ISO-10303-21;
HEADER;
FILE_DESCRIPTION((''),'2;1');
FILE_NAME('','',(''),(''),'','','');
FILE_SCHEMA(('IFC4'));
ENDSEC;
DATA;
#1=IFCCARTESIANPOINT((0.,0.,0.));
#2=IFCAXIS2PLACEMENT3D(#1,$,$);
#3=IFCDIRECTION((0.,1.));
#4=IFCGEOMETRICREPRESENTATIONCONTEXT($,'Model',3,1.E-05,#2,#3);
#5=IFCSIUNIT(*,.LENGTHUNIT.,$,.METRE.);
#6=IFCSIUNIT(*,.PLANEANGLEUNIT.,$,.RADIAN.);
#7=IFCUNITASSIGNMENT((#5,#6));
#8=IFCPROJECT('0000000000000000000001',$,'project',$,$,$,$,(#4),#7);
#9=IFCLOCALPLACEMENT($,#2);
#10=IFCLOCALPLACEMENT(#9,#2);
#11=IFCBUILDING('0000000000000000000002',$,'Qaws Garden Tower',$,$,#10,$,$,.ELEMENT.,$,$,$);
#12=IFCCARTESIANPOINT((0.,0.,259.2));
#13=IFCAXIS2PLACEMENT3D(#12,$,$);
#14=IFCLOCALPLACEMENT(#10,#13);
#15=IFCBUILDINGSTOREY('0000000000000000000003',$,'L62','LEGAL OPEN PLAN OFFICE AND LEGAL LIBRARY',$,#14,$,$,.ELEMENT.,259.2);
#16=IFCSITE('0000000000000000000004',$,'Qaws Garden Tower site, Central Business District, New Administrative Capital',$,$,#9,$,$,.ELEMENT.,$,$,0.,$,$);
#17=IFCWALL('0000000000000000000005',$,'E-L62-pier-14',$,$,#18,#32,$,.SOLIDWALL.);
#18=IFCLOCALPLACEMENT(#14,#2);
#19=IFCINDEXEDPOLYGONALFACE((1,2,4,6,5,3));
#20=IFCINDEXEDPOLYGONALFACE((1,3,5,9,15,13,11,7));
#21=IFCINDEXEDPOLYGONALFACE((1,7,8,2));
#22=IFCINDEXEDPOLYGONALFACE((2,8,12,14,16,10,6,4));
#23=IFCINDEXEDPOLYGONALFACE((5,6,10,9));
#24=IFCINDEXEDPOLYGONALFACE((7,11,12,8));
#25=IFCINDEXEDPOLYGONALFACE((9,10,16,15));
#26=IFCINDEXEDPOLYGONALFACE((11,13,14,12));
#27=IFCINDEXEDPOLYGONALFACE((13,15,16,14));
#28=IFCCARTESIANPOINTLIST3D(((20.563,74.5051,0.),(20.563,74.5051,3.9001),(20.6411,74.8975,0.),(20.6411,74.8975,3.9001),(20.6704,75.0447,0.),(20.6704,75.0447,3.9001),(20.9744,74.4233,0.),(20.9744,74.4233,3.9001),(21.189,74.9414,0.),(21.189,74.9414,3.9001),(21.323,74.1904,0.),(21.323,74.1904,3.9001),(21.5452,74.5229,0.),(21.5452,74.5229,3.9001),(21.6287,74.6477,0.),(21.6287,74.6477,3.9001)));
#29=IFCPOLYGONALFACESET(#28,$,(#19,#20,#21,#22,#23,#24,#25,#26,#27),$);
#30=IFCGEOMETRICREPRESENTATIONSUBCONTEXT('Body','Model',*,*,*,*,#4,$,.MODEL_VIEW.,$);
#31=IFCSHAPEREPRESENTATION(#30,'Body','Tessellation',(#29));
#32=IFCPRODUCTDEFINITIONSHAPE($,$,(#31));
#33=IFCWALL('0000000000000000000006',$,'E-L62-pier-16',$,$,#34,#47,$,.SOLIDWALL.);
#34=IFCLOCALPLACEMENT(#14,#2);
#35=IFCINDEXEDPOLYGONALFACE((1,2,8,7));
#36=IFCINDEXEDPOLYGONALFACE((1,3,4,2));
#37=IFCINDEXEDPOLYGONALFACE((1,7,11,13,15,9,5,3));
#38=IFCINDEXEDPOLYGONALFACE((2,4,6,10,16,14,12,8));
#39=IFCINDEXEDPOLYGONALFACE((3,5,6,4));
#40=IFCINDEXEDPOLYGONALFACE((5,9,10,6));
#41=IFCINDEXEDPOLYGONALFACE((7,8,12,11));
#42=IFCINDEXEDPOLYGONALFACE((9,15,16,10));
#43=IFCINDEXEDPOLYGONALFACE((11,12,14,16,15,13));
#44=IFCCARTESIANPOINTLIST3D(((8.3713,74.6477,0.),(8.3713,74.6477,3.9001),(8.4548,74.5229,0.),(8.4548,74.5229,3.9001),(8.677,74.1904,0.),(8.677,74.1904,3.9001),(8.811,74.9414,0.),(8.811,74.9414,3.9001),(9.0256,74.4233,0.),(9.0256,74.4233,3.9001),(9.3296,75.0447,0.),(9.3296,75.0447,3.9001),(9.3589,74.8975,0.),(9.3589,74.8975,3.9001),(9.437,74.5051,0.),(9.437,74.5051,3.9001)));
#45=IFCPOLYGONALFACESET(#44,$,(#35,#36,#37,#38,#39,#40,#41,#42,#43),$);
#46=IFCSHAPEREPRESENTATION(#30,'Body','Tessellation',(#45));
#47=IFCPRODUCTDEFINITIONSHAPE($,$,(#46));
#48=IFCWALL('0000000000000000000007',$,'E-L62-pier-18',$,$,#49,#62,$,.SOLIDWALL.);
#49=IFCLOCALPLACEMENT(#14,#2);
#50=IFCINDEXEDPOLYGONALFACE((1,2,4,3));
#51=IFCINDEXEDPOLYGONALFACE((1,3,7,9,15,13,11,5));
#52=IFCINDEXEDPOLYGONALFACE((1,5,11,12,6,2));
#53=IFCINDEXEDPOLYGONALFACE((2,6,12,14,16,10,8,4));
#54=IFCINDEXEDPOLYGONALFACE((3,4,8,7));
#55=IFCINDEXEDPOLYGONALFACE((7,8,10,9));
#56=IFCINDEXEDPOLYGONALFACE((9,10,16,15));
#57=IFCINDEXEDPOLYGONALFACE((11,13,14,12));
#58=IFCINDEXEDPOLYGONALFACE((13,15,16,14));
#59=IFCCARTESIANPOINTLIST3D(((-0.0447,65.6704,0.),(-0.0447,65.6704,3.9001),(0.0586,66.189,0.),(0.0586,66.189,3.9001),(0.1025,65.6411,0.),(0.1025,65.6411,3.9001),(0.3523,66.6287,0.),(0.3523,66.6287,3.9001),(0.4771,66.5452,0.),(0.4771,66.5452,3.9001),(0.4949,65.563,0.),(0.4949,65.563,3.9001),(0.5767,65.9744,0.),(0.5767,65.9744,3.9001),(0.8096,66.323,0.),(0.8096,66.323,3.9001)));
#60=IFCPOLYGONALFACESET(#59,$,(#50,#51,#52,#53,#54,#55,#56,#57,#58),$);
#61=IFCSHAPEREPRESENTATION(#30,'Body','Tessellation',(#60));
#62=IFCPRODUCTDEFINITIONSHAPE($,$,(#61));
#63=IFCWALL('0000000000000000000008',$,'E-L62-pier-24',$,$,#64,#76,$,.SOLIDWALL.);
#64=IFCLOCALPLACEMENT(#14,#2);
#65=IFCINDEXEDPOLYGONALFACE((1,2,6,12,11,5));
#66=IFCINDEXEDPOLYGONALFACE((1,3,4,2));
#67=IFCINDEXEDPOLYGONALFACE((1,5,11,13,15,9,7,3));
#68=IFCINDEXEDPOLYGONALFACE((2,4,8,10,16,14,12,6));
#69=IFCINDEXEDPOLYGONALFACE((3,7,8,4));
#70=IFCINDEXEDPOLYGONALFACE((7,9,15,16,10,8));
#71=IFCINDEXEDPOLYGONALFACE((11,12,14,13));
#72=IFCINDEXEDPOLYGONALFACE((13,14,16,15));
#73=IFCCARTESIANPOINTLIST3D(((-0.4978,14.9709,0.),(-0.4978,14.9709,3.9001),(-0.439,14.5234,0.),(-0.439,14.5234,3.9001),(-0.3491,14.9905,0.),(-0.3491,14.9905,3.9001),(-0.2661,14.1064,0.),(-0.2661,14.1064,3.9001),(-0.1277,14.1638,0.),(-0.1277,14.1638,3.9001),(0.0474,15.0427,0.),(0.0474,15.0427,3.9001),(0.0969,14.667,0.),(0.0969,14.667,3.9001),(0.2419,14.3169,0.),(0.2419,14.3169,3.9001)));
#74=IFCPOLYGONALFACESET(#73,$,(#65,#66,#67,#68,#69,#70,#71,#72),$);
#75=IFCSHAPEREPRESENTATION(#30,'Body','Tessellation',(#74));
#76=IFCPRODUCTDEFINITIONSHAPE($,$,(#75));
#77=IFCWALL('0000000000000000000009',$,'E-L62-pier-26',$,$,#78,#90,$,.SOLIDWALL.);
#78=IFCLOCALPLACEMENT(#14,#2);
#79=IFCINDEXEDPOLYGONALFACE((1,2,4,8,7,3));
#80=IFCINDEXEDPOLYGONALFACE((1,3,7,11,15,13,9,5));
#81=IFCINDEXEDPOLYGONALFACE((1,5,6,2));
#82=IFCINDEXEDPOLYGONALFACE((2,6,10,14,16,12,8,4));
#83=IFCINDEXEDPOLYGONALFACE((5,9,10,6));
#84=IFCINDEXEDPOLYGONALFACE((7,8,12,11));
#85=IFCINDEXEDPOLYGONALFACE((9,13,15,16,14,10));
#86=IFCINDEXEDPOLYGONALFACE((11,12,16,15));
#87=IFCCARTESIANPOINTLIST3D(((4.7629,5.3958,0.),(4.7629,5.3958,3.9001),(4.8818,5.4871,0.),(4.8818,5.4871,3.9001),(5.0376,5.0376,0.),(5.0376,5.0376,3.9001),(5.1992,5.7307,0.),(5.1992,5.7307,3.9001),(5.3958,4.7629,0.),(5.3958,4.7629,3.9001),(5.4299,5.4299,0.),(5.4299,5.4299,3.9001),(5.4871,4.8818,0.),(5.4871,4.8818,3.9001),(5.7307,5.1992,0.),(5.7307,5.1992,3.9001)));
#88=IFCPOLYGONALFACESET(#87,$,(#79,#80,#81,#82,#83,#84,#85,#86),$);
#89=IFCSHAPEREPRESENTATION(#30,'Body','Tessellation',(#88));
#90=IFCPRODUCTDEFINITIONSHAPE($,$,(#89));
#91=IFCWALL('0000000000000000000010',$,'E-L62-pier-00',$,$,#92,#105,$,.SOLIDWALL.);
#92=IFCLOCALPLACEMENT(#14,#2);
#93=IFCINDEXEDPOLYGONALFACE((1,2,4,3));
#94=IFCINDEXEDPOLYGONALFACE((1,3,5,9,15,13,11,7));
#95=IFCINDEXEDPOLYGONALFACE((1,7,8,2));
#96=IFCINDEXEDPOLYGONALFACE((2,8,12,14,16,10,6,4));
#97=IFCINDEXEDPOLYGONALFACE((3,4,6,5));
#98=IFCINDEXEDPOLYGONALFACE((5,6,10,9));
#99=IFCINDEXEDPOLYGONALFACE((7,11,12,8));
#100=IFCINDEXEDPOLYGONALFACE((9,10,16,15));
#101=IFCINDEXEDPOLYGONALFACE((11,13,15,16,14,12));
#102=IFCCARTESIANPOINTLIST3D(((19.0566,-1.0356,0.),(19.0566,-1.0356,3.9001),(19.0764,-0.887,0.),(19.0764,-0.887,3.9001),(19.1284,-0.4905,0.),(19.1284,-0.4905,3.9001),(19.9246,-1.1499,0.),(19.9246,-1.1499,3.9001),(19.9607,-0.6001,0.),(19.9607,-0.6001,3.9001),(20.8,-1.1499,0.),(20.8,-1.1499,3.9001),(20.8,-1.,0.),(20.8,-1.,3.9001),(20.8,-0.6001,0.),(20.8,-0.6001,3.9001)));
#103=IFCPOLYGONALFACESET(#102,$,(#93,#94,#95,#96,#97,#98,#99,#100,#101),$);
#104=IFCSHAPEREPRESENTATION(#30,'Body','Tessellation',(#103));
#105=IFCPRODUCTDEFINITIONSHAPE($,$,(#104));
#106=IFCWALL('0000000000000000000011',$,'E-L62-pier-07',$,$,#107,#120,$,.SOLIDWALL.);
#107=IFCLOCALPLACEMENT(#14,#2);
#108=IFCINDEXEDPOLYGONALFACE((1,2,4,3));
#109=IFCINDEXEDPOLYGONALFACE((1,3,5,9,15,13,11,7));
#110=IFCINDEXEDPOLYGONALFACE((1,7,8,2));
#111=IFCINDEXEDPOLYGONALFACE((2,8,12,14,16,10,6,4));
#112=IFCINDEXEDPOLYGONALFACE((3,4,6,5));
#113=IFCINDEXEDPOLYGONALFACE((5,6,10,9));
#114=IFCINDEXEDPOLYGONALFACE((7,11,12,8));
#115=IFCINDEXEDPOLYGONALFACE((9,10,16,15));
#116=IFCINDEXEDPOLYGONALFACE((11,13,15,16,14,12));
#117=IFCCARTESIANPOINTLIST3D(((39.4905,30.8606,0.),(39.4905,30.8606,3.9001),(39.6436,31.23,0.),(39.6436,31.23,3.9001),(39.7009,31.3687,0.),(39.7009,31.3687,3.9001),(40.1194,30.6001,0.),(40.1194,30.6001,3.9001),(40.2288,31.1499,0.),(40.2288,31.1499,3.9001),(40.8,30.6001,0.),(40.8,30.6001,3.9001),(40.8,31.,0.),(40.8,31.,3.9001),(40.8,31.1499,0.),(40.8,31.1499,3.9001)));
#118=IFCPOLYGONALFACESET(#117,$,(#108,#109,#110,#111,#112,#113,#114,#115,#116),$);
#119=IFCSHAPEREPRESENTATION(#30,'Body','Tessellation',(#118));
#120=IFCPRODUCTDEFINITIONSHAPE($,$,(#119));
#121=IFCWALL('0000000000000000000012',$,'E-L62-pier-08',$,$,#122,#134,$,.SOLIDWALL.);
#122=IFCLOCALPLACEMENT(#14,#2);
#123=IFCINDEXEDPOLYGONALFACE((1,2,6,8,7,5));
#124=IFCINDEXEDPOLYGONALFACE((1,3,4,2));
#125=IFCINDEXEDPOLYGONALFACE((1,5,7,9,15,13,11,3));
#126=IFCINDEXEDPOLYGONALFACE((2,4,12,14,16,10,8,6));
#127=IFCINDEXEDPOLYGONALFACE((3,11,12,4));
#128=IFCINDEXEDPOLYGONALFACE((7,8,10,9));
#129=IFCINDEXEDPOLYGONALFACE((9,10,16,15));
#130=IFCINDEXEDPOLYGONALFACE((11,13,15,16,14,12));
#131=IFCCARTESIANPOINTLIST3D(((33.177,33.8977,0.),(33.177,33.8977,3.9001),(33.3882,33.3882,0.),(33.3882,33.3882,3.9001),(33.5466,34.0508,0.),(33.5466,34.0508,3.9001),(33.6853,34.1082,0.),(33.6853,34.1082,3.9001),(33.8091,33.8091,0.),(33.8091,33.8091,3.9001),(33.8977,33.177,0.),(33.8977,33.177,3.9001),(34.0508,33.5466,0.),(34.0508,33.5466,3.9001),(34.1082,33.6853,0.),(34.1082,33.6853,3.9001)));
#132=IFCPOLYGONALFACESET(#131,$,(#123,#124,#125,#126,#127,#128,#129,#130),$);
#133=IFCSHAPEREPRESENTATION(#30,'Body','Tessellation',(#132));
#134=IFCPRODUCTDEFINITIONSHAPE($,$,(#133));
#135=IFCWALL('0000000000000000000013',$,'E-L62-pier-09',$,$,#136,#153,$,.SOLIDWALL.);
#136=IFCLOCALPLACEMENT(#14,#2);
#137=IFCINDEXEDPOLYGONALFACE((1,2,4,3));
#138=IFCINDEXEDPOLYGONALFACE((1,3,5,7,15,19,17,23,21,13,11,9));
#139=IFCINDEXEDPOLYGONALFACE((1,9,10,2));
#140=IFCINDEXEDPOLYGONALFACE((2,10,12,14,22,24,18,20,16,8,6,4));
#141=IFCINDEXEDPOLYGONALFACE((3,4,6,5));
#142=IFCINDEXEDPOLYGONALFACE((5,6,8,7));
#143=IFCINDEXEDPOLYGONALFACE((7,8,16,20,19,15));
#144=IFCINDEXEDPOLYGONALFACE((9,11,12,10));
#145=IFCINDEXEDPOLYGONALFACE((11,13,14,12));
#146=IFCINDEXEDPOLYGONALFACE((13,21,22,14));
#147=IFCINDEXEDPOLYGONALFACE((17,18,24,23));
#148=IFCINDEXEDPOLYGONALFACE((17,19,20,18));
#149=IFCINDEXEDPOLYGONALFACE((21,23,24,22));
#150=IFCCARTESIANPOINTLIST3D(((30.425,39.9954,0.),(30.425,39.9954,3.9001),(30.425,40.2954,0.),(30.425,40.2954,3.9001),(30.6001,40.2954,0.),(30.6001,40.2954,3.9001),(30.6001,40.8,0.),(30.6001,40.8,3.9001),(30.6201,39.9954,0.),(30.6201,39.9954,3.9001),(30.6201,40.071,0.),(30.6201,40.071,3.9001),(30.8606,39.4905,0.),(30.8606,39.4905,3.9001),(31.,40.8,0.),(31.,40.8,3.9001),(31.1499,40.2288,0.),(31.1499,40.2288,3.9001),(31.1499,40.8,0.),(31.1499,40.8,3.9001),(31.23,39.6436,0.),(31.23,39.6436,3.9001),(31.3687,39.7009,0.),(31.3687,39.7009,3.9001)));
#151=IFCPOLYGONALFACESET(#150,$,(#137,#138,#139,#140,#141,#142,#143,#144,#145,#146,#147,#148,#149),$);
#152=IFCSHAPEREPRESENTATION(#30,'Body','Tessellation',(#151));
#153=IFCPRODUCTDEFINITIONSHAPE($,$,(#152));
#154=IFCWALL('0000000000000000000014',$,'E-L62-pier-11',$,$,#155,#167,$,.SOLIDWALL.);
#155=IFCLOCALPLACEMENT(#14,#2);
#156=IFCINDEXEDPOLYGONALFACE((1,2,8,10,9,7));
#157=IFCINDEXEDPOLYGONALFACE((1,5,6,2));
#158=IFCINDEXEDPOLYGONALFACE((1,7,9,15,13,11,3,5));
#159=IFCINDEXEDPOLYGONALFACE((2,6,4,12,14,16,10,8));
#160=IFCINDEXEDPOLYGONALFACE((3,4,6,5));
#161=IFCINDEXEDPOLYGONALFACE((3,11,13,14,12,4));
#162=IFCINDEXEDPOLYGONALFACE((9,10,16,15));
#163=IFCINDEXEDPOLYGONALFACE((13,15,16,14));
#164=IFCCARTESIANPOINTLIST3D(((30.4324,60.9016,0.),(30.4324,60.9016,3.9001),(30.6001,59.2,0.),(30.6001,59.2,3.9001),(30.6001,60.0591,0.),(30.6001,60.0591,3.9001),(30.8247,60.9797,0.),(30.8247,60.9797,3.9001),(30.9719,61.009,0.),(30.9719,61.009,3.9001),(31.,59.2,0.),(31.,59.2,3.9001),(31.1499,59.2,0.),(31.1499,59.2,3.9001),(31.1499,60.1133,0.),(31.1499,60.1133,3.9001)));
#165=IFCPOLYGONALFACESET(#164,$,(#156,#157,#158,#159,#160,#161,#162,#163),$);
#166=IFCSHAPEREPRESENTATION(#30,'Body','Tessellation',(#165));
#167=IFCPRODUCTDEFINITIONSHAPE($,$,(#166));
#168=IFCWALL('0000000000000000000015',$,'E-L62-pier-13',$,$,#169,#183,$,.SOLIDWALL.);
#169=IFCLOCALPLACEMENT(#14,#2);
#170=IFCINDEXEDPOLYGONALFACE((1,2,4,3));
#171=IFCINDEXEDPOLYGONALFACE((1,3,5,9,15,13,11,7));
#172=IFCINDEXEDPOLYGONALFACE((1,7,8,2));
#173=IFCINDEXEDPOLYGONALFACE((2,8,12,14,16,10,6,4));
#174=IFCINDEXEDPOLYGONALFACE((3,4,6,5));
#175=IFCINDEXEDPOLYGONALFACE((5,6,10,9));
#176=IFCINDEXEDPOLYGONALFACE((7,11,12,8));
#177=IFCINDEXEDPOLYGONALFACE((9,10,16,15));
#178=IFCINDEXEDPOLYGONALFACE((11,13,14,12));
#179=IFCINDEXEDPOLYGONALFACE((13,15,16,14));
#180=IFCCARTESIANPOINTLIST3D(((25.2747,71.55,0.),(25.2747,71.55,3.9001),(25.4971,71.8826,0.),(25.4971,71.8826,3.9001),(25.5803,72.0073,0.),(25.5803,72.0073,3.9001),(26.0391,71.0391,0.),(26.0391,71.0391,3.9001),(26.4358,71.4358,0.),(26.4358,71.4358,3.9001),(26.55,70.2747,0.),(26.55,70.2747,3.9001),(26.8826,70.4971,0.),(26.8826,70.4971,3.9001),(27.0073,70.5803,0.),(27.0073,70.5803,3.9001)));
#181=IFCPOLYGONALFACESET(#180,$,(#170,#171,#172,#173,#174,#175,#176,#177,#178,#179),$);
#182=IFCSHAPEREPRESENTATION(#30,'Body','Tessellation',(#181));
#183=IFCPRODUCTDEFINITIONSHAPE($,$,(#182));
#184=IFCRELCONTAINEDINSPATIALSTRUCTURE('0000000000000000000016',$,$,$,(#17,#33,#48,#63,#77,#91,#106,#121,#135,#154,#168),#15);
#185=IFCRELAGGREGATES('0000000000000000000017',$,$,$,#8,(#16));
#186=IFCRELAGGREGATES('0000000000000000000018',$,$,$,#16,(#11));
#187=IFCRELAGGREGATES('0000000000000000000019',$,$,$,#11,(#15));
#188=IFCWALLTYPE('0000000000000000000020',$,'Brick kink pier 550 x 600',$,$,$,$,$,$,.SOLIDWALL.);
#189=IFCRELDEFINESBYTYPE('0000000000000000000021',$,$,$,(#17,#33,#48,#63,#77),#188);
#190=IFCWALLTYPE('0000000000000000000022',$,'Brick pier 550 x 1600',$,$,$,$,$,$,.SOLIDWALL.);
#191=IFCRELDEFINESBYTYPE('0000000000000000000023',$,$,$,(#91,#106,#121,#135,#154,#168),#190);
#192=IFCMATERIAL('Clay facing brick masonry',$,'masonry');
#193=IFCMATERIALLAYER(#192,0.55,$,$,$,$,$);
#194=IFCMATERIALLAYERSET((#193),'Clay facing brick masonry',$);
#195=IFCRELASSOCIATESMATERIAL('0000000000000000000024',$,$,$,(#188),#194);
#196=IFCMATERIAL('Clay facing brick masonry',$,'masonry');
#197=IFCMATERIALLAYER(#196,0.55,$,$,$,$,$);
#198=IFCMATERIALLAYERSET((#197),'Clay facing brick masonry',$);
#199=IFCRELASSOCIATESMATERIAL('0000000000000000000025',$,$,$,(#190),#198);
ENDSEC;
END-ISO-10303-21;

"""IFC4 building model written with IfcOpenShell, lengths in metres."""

from ifc_helpers import new_model, si_unit, direction, frame, origin, place, context, subcontext, project, spatial, polyline, outline, extrude, material, layer, layer_set, type_object, element, save


model = new_model("IFC4")

# Units and contexts
model_context = context("Model", 3, precision=1e-05, world=origin(), true_north=direction((0.0, 1.0)))
body_context = subcontext(model_context, "Body", "Model", "MODEL_VIEW")
ifc_project = project(units=[si_unit("LENGTHUNIT", "METRE"), si_unit("PLANEANGLEUNIT", "RADIAN")], contexts=[model_context])

# Site, building, storey
site_placement = place(None, origin())
site = spatial("IfcSite", under=ifc_project, at=site_placement, Name="Qaws Garden Tower site, Central Business District, New Administrative Capital", CompositionType="ELEMENT", RefElevation=0.0)
building_placement = place(site_placement, origin())
building = spatial("IfcBuilding", under=site, at=building_placement, Name="Qaws Garden Tower", CompositionType="ELEMENT")
storey_placement = place(building_placement, frame((0.0, 0.0, 259.2)))
storey = spatial("IfcBuildingStorey", under=building, at=storey_placement, Name="L62", Description="LEGAL OPEN PLAN OFFICE AND LEGAL LIBRARY", CompositionType="ELEMENT", Elevation=259.2)

# Walls
placement = place(storey_placement, origin())
ifc_material_1 = material(Name="Clay facing brick masonry", Category="masonry")
ifc_layer_1 = layer(ifc_material_1, 0.55)
ifc_layer_set_1 = layer_set([ifc_layer_1], Name="Clay facing brick masonry")
wall_type_1 = type_object("IfcWallType", Name="Brick kink pier 550 x 600", PredefinedType="SOLIDWALL", material=ifc_layer_set_1)
element("IfcWall", 1, at=placement, inside=storey, type_object=wall_type_1, Name="E-L62-pier-14", PredefinedType="SOLIDWALL", context=body_context, shape_type="SweptSolid", body=[
    extrude(outline(polyline([(21.5452, 74.5229), (21.6287, 74.6477), (21.189, 74.9414), (20.6704, 75.0447), (20.6411, 74.8975), (20.563, 74.5051), (20.9744, 74.4233), (21.323, 74.1904), (21.5452, 74.5229)])), origin(), (0.0, 0.0, 1.0), 3.9001),
])
element("IfcWall", 2, at=placement, inside=storey, type_object=wall_type_1, Name="E-L62-pier-16", PredefinedType="SOLIDWALL", context=body_context, shape_type="SweptSolid", body=[
    extrude(outline(polyline([(9.3589, 74.8975), (9.3296, 75.0447), (8.811, 74.9414), (8.3713, 74.6477), (8.4548, 74.5229), (8.677, 74.1904), (9.0256, 74.4233), (9.437, 74.5051), (9.3589, 74.8975)])), origin(), (0.0, 0.0, 1.0), 3.9001),
])
element("IfcWall", 3, at=placement, inside=storey, type_object=wall_type_1, Name="E-L62-pier-18", PredefinedType="SOLIDWALL", context=body_context, shape_type="SweptSolid", body=[
    extrude(outline(polyline([(0.4771, 66.5452), (0.3523, 66.6287), (0.0586, 66.189), (-0.0447, 65.6704), (0.1025, 65.6411), (0.4949, 65.563), (0.5767, 65.9744), (0.8096, 66.323), (0.4771, 66.5452)])), origin(), (0.0, 0.0, 1.0), 3.9001),
])
element("IfcWall", 4, at=placement, inside=storey, type_object=wall_type_1, Name="E-L62-pier-24", PredefinedType="SOLIDWALL", context=body_context, shape_type="SweptSolid", body=[
    extrude(outline(polyline([(-0.3491, 14.9905), (-0.4978, 14.9709), (-0.439, 14.5234), (-0.2661, 14.1064), (-0.1277, 14.1638), (0.2419, 14.3169), (0.0969, 14.667), (0.0474, 15.0427), (-0.3491, 14.9905)])), origin(), (0.0, 0.0, 1.0), 3.9001),
])
element("IfcWall", 5, at=placement, inside=storey, type_object=wall_type_1, Name="E-L62-pier-26", PredefinedType="SOLIDWALL", context=body_context, shape_type="SweptSolid", body=[
    extrude(outline(polyline([(4.8818, 5.4871), (4.7629, 5.3958), (5.0376, 5.0376), (5.3958, 4.7629), (5.4871, 4.8818), (5.7307, 5.1992), (5.4299, 5.4299), (5.1992, 5.7307), (4.8818, 5.4871)])), origin(), (0.0, 0.0, 1.0), 3.9001),
])
ifc_material_2 = material(Name="Clay facing brick masonry", Category="masonry")
ifc_layer_2 = layer(ifc_material_2, 0.55)
ifc_layer_set_2 = layer_set([ifc_layer_2], Name="Clay facing brick masonry")
wall_type_2 = type_object("IfcWallType", Name="Brick pier 550 x 1600", PredefinedType="SOLIDWALL", material=ifc_layer_set_2)
element("IfcWall", 6, at=placement, inside=storey, type_object=wall_type_2, Name="E-L62-pier-00", PredefinedType="SOLIDWALL", context=body_context, shape_type="SweptSolid", body=[
    extrude(outline(polyline([(19.0764, -0.887), (19.0566, -1.0356), (19.9246, -1.1499), (20.8, -1.1499), (20.8, -1.0), (20.8, -0.6001), (19.9607, -0.6001), (19.1284, -0.4905), (19.0764, -0.887)])), origin(), (0.0, 0.0, 1.0), 3.9001),
])
element("IfcWall", 7, at=placement, inside=storey, type_object=wall_type_2, Name="E-L62-pier-07", PredefinedType="SOLIDWALL", context=body_context, shape_type="SweptSolid", body=[
    extrude(outline(polyline([(40.8, 31.0), (40.8, 31.1499), (40.2288, 31.1499), (39.7009, 31.3687), (39.6436, 31.23), (39.4905, 30.8606), (40.1194, 30.6001), (40.8, 30.6001), (40.8, 31.0)])), origin(), (0.0, 0.0, 1.0), 3.9001),
])
element("IfcWall", 8, at=placement, inside=storey, type_object=wall_type_2, Name="E-L62-pier-08", PredefinedType="SOLIDWALL", context=body_context, shape_type="SweptSolid", body=[
    extrude(outline(polyline([(34.0508, 33.5466), (34.1082, 33.6853), (33.8091, 33.8091), (33.6853, 34.1082), (33.5466, 34.0508), (33.177, 33.8977), (33.3882, 33.3882), (33.8977, 33.177), (34.0508, 33.5466)])), origin(), (0.0, 0.0, 1.0), 3.9001),
])
element("IfcWall", 9, at=placement, inside=storey, type_object=wall_type_2, Name="E-L62-pier-09", PredefinedType="SOLIDWALL", context=body_context, shape_type="SweptSolid", body=[
    extrude(outline(polyline([(30.6201, 39.9954), (30.6201, 40.071), (30.8606, 39.4905), (31.23, 39.6436), (31.3687, 39.7009), (31.1499, 40.2288), (31.1499, 40.8), (31.0, 40.8), (30.6001, 40.8), (30.6001, 40.2954), (30.425, 40.2954), (30.425, 39.9954), (30.6201, 39.9954)])), origin(), (0.0, 0.0, 1.0), 3.9001),
])
element("IfcWall", 10, at=placement, inside=storey, type_object=wall_type_2, Name="E-L62-pier-11", PredefinedType="SOLIDWALL", context=body_context, shape_type="SweptSolid", body=[
    extrude(outline(polyline([(31.0, 59.2), (31.1499, 59.2), (31.1499, 60.1133), (30.9719, 61.009), (30.8247, 60.9797), (30.4324, 60.9016), (30.6001, 60.0591), (30.6001, 59.2), (31.0, 59.2)])), origin(), (0.0, 0.0, 1.0), 3.9001),
])
element("IfcWall", 11, at=placement, inside=storey, type_object=wall_type_2, Name="E-L62-pier-13", PredefinedType="SOLIDWALL", context=body_context, shape_type="SweptSolid", body=[
    extrude(outline(polyline([(26.8826, 70.4971), (27.0073, 70.5803), (26.4358, 71.4358), (25.5803, 72.0073), (25.4971, 71.8826), (25.2747, 71.55), (26.0391, 71.0391), (26.55, 70.2747), (26.8826, 70.4971)])), origin(), (0.0, 0.0, 1.0), 3.9001),
])

save(model, "model.ifc")
